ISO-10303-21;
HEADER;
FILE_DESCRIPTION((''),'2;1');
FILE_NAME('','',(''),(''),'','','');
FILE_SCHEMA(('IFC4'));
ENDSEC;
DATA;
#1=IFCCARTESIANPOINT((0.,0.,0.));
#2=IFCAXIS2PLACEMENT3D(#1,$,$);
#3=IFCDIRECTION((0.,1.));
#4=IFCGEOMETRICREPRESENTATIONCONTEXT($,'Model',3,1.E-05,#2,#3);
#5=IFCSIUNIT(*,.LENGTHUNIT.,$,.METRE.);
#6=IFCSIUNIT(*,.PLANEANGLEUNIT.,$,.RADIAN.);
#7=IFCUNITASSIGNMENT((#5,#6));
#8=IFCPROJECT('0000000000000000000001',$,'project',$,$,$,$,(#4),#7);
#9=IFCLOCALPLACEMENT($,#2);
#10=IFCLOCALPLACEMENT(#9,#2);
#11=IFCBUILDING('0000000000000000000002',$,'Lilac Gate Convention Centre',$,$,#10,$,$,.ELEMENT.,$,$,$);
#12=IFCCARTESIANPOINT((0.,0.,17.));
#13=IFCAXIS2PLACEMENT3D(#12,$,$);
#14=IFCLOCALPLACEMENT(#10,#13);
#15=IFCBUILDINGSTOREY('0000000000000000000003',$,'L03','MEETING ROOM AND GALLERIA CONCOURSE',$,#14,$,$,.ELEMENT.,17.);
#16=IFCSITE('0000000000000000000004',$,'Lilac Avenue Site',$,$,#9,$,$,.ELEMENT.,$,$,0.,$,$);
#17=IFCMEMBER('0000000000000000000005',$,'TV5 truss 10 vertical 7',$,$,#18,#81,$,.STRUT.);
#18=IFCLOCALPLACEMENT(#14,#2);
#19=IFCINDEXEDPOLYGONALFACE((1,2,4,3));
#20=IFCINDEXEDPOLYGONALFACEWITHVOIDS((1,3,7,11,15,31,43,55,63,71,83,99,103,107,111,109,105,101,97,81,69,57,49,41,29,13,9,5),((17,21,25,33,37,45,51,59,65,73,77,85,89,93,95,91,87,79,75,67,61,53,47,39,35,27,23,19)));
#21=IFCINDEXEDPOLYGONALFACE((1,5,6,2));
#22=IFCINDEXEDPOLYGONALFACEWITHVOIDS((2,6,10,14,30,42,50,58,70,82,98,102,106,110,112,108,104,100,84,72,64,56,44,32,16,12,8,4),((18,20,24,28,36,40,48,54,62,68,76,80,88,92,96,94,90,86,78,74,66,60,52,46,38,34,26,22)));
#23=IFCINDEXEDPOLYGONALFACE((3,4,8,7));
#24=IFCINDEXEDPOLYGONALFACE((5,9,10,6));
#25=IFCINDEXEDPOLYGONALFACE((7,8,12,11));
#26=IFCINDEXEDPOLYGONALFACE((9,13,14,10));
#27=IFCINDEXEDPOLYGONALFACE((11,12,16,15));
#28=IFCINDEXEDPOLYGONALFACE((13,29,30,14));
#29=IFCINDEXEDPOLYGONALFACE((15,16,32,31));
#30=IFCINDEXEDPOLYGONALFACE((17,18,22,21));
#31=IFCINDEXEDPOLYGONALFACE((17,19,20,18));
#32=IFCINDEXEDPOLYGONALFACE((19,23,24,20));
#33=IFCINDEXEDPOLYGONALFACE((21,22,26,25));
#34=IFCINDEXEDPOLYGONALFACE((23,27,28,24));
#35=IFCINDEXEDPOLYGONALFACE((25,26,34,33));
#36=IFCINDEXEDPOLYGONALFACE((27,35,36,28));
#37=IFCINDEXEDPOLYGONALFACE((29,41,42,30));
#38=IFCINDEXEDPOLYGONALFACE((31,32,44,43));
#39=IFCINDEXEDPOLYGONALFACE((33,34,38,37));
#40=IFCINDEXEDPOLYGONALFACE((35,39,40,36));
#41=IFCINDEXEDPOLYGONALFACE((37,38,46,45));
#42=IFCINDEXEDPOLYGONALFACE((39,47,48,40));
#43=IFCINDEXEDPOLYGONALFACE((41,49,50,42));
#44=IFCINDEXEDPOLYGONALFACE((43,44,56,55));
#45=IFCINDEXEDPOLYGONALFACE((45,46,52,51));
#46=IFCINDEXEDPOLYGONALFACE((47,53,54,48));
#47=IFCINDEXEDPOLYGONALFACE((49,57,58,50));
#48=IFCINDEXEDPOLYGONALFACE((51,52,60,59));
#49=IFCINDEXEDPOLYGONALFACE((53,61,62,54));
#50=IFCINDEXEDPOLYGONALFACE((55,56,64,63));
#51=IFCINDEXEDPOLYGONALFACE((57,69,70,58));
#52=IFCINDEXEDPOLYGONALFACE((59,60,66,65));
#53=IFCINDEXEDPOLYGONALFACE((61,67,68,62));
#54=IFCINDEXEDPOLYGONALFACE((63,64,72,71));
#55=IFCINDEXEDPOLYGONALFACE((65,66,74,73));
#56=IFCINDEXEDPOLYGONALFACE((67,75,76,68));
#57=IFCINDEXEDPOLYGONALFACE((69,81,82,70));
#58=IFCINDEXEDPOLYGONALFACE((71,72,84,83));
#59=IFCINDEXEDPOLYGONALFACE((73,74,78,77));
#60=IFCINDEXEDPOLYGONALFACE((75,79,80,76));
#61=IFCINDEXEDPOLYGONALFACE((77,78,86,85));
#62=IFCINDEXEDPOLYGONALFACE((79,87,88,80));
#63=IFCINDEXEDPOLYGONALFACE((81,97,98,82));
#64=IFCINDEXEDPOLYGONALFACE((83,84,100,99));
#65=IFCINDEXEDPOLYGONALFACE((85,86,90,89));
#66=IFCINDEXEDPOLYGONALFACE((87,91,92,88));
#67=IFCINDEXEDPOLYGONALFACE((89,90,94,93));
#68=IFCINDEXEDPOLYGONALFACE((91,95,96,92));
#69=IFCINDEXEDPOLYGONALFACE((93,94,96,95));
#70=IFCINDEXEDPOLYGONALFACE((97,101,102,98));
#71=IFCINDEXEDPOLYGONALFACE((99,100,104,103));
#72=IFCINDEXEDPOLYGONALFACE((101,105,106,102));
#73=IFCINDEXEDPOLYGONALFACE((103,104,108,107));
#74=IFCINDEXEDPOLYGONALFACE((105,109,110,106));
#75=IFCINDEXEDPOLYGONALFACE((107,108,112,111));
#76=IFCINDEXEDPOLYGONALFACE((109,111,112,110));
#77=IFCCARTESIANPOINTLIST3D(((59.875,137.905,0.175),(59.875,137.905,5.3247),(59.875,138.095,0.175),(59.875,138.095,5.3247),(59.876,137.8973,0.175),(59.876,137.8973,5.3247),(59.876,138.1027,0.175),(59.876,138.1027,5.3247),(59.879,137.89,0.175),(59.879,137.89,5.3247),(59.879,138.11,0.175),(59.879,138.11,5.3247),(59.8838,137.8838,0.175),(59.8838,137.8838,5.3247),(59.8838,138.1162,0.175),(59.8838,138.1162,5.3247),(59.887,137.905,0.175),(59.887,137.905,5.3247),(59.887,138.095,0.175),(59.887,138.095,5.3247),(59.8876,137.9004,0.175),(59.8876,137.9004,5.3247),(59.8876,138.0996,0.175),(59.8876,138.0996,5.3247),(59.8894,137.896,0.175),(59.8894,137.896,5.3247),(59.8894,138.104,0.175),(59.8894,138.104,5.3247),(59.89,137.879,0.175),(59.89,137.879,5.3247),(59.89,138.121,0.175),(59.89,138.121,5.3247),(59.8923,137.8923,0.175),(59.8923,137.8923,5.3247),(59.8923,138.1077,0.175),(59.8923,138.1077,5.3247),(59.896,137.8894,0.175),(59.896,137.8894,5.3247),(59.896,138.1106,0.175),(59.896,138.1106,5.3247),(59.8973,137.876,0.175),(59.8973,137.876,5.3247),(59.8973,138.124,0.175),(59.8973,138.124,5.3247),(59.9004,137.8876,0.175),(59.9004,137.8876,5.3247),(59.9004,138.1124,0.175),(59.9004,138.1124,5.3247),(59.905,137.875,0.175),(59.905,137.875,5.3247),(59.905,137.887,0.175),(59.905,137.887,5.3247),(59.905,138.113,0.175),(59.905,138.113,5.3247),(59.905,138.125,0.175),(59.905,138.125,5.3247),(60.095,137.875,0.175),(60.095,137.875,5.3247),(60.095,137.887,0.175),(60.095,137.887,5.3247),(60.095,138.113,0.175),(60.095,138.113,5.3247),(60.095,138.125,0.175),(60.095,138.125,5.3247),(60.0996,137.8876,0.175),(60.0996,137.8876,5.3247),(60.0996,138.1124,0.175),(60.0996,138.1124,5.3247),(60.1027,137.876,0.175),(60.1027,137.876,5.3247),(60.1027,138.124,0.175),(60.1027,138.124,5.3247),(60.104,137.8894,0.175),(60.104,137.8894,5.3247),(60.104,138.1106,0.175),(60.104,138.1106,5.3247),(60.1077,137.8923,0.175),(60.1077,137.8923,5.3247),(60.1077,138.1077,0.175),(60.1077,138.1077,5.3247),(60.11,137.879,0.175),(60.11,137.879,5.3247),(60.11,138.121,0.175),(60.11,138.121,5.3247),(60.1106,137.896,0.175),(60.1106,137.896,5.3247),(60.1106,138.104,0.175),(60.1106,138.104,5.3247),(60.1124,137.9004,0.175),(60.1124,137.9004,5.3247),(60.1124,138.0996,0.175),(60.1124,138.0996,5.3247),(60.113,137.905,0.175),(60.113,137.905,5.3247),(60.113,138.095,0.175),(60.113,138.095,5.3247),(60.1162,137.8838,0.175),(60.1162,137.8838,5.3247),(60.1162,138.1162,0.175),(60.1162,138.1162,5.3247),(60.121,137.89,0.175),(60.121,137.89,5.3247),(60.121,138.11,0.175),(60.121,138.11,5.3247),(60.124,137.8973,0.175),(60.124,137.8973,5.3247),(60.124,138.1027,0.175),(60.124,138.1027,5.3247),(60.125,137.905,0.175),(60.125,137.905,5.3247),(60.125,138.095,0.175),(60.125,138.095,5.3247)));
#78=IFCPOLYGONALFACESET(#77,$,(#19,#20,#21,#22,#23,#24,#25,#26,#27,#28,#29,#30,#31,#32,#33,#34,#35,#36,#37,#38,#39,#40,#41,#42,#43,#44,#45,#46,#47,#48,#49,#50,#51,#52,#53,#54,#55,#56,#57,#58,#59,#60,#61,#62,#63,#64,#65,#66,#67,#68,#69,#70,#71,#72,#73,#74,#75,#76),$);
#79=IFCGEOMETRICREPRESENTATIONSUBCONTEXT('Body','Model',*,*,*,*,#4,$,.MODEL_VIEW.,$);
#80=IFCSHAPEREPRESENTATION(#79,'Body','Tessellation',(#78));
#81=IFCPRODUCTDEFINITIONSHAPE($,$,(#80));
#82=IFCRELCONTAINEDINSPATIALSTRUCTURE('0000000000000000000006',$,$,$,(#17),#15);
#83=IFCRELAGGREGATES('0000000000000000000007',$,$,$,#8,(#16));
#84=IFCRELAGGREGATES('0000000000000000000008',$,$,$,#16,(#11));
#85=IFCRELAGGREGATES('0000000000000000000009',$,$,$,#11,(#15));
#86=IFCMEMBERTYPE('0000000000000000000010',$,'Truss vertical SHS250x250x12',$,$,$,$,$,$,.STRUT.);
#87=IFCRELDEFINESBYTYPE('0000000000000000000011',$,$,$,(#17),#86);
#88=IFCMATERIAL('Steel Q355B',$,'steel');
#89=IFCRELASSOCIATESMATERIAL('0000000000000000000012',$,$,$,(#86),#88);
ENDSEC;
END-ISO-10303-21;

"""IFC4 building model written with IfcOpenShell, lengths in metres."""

from ifc_helpers import new_model, si_unit, direction, frame, origin, origin_2d, place, context, subcontext, project, spatial, hollow_rectangle, extrude, material, material_profile, profile_set, type_object, element, save


model = new_model("IFC4")

# Units and contexts
model_context = context("Model", 3, precision=1e-05, world=origin(), true_north=direction((0.0, 1.0)))
body_context = subcontext(model_context, "Body", "Model", "MODEL_VIEW")
ifc_project = project(units=[si_unit("LENGTHUNIT", "METRE"), si_unit("PLANEANGLEUNIT", "RADIAN")], contexts=[model_context])

# Site, building, storey
site_placement = place(None, origin())
site = spatial("IfcSite", under=ifc_project, at=site_placement, Name="Lilac Avenue Site", CompositionType="ELEMENT", RefElevation=0.0)
building_placement = place(site_placement, origin())
building = spatial("IfcBuilding", under=site, at=building_placement, Name="Lilac Gate Convention Centre", CompositionType="ELEMENT")
storey_placement = place(building_placement, frame((0.0, 0.0, 17.0)))
storey = spatial("IfcBuildingStorey", under=building, at=storey_placement, Name="L03", Description="MEETING ROOM AND GALLERIA CONCOURSE", CompositionType="ELEMENT", Elevation=17.0)

# Member
ifc_material = material(Name="Steel Q355B", Category="steel")
ifc_material_profile_1 = material_profile(ifc_material, hollow_rectangle(XDim=0.25, YDim=0.25, WallThickness=0.012, InnerFilletRadius=0.0181, OuterFilletRadius=0.03, at=origin_2d()), Name="SHS250x250x12")
ifc_profile_set_1 = profile_set([ifc_material_profile_1], Name="Steel Q355B")
member_type_1 = type_object("IfcMemberType", Name="Truss vertical SHS250x250x12", PredefinedType="STRUT", material=ifc_profile_set_1)
member_1_placement = place(storey_placement, frame((60.0, 138.0, 0.175), z_axis=(0.0, 0.0, 1.0), x_axis=(1.0, 0.0, 0.0)))
element("IfcMember", 1, at=member_1_placement, inside=storey, type_object=member_type_1, Name="TV5 truss 10 vertical 7", PredefinedType="STRUT", context=body_context, shape_type="SweptSolid", body=[
    extrude(hollow_rectangle(XDim=0.25, YDim=0.25, WallThickness=0.012, InnerFilletRadius=0.0181, OuterFilletRadius=0.03, at=origin_2d()), origin(), (0.0, 0.0, 1.0), 5.1497),
])

save(model, "model.ifc")
